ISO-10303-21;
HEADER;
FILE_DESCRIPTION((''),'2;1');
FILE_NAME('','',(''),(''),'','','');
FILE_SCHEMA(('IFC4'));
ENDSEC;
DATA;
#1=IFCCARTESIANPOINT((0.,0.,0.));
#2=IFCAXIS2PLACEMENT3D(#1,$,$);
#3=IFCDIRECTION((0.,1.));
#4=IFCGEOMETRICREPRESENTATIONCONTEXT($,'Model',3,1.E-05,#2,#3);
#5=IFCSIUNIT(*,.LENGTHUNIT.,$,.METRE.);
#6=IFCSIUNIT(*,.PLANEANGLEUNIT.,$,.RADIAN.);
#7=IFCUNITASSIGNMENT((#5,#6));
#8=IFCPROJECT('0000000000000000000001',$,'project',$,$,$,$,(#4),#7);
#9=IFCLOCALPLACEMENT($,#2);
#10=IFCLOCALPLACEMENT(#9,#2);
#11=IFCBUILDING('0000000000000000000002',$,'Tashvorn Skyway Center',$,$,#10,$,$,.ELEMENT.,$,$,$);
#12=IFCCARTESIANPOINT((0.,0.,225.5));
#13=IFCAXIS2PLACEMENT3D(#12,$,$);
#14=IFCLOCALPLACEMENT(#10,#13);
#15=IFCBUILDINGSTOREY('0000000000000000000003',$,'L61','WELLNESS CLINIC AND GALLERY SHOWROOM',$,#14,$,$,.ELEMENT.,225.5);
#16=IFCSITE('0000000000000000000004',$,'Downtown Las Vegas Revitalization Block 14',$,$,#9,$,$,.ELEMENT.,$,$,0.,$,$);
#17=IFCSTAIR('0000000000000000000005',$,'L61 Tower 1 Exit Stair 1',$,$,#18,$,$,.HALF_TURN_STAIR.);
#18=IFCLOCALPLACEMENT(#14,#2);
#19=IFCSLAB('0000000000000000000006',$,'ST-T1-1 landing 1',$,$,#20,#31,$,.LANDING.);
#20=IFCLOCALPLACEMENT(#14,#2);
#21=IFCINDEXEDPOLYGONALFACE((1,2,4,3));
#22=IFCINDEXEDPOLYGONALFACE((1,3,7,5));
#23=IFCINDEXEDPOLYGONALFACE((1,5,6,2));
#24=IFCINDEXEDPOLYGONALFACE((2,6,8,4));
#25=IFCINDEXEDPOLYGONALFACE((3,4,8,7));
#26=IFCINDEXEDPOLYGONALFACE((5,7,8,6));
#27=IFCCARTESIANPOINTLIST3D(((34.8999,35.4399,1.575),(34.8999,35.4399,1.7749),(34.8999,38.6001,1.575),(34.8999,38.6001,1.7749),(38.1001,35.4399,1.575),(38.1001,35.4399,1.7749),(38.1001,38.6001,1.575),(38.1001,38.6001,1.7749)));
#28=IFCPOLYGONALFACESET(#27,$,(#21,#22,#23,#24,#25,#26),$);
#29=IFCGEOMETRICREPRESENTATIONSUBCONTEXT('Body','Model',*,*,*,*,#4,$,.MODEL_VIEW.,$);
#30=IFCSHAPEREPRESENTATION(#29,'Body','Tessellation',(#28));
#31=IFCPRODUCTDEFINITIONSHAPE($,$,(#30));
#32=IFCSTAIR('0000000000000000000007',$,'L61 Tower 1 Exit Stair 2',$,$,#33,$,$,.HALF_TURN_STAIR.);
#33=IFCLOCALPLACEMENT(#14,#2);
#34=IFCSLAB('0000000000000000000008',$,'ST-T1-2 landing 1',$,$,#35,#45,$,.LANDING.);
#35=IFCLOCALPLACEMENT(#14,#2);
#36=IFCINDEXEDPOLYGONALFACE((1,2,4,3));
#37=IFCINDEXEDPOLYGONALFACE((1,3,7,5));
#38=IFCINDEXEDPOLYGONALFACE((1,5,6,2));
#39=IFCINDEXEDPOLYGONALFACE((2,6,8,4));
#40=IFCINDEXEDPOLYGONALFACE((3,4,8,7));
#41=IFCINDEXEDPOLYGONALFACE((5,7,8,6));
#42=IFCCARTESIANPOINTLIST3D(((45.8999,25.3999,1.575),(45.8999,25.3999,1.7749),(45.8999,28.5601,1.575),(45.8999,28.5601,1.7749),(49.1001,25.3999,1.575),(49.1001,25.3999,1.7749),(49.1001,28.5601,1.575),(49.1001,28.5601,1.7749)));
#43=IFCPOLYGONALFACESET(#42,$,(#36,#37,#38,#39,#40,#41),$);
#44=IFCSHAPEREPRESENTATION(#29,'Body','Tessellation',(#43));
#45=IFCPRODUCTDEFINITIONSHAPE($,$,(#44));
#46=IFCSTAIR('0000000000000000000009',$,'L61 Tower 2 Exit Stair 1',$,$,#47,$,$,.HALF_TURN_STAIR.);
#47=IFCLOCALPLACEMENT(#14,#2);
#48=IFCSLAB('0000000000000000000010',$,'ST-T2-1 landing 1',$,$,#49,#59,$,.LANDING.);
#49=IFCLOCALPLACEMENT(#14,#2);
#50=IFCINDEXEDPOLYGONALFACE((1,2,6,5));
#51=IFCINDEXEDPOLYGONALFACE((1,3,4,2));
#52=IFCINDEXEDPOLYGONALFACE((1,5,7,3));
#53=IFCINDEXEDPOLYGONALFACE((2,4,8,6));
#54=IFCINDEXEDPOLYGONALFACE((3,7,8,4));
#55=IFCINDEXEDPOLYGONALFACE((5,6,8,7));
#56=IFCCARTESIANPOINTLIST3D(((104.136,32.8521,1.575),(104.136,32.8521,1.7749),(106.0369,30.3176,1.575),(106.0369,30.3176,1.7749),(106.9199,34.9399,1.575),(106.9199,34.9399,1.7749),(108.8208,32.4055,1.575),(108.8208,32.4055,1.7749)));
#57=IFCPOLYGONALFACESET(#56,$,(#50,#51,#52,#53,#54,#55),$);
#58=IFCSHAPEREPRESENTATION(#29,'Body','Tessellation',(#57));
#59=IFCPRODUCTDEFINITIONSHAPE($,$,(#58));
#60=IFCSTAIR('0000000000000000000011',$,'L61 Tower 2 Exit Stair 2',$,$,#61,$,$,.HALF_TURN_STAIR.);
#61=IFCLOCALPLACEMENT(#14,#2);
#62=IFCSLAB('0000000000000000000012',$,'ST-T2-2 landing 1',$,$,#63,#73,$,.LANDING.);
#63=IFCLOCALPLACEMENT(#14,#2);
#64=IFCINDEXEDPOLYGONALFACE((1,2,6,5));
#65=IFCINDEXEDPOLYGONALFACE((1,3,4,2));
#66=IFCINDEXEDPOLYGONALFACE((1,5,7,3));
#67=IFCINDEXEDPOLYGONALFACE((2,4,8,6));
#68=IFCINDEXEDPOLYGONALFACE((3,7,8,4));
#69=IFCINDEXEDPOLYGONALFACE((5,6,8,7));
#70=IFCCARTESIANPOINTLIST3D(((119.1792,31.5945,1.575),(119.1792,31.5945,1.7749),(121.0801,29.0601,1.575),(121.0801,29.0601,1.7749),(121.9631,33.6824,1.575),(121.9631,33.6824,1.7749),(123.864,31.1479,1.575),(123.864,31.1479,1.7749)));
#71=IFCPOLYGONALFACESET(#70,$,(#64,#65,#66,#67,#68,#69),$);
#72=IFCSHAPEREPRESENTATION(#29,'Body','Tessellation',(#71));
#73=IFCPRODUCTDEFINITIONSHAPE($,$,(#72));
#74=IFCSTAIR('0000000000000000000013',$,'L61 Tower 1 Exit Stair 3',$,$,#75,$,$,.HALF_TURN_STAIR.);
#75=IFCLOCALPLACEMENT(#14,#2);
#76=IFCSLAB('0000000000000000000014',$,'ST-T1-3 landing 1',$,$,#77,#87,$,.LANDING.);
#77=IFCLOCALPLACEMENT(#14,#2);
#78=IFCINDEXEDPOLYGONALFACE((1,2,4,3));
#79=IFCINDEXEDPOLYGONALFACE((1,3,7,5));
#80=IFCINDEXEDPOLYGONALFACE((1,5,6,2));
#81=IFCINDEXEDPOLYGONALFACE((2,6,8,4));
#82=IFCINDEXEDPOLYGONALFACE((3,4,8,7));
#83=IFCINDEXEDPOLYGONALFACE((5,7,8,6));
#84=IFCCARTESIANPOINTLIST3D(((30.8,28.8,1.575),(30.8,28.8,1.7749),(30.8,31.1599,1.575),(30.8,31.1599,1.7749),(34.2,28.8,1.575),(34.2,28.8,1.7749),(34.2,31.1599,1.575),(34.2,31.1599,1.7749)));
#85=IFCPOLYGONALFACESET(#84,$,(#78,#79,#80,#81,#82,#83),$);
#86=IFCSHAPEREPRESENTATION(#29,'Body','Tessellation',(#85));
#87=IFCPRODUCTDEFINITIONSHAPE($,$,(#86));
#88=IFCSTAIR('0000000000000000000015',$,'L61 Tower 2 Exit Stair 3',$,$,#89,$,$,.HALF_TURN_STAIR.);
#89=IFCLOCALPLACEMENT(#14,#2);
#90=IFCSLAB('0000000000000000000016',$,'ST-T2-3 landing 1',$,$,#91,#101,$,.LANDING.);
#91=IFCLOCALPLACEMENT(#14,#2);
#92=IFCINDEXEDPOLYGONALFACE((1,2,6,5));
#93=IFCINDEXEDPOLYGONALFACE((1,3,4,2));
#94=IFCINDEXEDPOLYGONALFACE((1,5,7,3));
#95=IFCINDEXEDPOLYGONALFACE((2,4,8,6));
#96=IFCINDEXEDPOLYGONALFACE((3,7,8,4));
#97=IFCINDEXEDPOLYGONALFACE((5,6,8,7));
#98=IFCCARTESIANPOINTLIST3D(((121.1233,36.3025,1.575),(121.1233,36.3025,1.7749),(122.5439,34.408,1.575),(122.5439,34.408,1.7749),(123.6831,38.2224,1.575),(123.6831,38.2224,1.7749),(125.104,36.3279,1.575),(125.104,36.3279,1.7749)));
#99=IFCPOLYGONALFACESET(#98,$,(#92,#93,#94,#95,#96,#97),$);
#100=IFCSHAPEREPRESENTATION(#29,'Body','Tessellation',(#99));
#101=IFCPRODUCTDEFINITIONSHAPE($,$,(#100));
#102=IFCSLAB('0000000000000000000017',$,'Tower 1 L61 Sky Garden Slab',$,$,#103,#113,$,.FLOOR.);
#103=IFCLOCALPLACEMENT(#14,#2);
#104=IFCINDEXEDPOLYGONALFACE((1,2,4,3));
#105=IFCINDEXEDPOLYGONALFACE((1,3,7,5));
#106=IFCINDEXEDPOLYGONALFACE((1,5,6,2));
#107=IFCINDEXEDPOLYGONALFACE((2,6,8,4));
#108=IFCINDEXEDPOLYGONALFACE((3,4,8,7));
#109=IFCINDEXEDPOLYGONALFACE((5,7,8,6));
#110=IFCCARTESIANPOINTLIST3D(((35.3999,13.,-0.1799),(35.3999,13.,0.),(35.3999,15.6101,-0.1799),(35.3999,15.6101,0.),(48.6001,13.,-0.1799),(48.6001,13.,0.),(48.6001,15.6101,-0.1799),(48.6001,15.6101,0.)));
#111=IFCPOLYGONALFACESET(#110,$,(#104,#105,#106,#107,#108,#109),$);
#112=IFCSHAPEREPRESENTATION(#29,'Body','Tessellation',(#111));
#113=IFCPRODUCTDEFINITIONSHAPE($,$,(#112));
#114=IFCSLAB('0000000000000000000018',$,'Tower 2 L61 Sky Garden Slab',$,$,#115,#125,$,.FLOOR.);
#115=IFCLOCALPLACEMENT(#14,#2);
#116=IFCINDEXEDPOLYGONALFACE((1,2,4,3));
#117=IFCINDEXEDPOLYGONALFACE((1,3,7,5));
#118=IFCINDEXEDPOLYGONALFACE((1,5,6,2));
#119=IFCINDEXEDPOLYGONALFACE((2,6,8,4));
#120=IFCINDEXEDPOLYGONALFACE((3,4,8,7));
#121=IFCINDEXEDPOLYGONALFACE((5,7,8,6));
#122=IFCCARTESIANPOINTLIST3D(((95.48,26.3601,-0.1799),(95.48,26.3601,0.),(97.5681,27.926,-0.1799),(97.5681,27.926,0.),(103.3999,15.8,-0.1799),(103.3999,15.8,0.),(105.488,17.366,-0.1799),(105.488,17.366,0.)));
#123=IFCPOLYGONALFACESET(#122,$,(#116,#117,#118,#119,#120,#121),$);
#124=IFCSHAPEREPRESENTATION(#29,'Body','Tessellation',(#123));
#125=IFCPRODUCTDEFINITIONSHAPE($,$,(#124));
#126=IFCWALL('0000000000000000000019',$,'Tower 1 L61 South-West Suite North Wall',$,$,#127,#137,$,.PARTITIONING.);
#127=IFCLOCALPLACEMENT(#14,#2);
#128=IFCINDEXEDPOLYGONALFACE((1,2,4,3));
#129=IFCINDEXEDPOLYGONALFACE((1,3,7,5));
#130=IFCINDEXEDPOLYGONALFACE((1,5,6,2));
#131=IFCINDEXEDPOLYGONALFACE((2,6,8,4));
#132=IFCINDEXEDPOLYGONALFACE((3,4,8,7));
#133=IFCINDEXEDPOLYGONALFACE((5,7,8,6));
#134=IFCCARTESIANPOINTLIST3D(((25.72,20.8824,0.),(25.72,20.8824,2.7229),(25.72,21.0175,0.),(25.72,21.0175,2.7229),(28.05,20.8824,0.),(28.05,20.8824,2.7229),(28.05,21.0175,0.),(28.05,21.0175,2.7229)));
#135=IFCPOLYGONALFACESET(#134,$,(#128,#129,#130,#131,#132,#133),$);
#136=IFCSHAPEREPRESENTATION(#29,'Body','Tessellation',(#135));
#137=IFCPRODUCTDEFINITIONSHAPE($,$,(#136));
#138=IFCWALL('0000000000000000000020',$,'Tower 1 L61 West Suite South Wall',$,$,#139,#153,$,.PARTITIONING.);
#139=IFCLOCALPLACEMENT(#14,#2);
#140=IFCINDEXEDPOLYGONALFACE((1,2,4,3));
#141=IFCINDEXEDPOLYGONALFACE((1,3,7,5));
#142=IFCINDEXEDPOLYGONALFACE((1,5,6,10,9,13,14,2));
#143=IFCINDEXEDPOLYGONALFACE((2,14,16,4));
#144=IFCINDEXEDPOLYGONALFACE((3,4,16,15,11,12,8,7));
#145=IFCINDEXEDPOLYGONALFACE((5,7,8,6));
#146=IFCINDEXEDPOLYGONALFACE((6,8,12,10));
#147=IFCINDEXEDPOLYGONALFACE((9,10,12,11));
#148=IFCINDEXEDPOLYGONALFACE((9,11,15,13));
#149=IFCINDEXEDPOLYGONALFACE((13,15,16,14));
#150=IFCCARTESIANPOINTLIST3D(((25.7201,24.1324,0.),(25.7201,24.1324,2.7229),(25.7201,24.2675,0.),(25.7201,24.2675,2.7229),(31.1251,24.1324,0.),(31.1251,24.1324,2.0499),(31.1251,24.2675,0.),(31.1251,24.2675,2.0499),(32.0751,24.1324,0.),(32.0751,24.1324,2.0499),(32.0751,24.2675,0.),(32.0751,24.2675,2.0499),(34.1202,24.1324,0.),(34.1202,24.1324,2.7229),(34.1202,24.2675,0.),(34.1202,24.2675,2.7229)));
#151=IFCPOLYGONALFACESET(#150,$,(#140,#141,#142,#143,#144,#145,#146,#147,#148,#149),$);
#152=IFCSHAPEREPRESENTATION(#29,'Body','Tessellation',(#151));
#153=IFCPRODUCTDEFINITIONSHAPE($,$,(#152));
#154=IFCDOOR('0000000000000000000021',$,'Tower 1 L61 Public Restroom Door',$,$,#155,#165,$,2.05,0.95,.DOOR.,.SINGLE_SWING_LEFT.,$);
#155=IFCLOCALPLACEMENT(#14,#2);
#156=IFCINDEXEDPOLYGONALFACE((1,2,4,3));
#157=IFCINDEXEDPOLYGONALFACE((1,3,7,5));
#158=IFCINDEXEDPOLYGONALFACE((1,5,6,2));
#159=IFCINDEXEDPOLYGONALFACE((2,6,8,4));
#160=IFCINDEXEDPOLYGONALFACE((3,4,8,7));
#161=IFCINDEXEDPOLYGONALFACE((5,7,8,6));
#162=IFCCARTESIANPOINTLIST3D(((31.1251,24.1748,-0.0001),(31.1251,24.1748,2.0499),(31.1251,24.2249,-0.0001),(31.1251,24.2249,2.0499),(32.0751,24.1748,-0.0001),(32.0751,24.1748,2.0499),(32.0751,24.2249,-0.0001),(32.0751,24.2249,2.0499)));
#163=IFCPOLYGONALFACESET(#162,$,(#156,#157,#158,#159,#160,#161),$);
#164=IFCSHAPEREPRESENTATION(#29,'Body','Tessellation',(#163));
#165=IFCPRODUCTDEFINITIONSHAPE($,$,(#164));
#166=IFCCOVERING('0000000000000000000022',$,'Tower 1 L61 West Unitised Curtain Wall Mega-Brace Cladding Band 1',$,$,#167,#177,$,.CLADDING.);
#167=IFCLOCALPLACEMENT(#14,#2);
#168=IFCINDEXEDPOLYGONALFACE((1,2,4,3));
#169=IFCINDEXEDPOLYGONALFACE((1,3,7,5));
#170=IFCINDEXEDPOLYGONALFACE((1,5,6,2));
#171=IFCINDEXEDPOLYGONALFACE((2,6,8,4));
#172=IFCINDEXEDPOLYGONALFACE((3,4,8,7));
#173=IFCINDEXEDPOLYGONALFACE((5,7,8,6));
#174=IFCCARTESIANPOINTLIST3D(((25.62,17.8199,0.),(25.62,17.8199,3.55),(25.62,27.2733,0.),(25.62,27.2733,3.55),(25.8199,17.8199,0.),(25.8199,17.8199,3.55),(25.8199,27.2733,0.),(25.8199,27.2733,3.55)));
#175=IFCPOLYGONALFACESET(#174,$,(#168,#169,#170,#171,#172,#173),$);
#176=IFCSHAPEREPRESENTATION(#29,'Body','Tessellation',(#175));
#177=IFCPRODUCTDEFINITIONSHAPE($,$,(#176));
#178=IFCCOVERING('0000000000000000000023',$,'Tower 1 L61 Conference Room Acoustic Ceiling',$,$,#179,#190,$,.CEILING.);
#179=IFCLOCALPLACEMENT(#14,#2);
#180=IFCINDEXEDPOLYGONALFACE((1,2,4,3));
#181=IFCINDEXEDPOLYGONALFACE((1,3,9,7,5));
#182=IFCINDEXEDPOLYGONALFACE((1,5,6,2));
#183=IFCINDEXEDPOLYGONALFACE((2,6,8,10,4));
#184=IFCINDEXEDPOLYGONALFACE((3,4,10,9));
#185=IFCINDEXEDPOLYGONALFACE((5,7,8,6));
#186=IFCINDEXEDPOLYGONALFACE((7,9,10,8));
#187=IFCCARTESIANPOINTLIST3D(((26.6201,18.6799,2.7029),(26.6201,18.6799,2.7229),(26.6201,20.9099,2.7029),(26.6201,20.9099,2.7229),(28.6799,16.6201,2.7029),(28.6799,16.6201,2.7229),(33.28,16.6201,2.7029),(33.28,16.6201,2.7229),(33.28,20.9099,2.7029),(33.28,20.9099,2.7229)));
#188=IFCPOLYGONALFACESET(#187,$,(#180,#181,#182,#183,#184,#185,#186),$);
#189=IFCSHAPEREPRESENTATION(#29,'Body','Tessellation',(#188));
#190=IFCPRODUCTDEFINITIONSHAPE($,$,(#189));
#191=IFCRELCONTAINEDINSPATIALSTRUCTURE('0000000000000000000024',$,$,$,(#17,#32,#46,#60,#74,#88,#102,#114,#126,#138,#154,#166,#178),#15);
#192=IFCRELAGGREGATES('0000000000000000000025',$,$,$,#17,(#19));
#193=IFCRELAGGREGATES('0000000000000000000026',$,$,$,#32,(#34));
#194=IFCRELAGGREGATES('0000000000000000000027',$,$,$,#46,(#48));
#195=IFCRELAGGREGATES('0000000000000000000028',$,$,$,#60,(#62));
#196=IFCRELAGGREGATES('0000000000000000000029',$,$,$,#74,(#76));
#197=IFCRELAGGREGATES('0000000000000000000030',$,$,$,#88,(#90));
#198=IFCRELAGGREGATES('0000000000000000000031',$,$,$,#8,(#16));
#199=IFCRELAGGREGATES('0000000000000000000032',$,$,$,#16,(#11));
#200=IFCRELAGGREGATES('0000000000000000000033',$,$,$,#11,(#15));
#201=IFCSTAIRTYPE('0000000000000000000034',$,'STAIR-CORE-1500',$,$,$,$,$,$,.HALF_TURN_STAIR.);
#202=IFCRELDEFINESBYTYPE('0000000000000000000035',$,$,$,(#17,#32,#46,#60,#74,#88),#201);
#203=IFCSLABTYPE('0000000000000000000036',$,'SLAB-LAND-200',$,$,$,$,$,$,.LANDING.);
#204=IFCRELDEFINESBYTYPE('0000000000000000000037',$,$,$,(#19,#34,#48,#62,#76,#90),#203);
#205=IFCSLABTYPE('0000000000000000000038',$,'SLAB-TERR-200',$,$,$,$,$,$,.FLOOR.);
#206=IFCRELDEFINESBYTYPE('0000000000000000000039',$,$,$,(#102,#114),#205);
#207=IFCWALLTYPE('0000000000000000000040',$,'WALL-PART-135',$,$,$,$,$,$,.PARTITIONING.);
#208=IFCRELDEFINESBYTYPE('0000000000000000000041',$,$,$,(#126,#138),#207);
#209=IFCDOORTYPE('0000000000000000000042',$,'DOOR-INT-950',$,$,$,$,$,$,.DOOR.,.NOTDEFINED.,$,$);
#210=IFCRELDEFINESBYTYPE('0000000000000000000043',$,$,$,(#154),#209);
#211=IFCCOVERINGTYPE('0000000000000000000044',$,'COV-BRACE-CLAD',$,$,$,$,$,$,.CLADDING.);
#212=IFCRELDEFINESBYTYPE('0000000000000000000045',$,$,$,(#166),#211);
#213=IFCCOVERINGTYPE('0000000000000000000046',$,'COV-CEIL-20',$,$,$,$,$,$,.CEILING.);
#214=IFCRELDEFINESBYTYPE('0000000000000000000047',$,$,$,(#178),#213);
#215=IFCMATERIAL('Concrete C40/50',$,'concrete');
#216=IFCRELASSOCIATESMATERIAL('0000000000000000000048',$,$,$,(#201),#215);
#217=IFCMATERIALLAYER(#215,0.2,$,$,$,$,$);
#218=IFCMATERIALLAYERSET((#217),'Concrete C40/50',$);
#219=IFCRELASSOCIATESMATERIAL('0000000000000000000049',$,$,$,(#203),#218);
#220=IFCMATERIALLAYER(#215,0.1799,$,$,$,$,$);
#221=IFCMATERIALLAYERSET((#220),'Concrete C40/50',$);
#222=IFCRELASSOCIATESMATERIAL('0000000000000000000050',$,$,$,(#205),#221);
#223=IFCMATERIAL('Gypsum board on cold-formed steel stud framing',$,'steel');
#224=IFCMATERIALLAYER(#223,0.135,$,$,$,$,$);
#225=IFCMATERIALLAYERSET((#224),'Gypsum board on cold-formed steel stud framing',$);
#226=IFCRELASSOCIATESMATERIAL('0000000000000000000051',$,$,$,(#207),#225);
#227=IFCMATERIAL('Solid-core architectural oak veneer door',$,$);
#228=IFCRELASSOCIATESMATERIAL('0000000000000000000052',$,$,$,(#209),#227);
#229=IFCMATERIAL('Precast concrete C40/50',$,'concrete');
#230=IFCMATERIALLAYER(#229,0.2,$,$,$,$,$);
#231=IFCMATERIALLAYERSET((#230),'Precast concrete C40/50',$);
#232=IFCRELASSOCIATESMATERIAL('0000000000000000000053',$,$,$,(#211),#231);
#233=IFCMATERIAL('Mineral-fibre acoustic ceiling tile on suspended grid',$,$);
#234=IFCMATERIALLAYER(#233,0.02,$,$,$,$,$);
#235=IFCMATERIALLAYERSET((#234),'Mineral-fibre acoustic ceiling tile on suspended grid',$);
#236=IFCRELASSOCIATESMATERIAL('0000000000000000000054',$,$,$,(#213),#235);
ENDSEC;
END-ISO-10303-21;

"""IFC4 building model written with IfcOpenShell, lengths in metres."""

from ifc_helpers import new_model, si_unit, direction, frame, frame_2d, origin, origin_2d, place, context, subcontext, project, spatial, polyline, rectangle, outline, extrude, material, layer, layer_set, type_object, element, fill, aggregate, save


model = new_model("IFC4")

# Units and contexts
model_context = context("Model", 3, precision=1e-05, world=origin(), true_north=direction((0.0, 1.0)))
body_context = subcontext(model_context, "Body", "Model", "MODEL_VIEW")
ifc_project = project(units=[si_unit("LENGTHUNIT", "METRE"), si_unit("PLANEANGLEUNIT", "RADIAN")], contexts=[model_context])

# Site, building, storey
site_placement = place(None, origin())
site = spatial("IfcSite", under=ifc_project, at=site_placement, Name="Downtown Las Vegas Revitalization Block 14", CompositionType="ELEMENT", RefElevation=0.0)
building_placement = place(site_placement, origin())
building = spatial("IfcBuilding", under=site, at=building_placement, Name="Tashvorn Skyway Center", CompositionType="ELEMENT")
storey_placement = place(building_placement, frame((0.0, 0.0, 225.5)))
storey = spatial("IfcBuildingStorey", under=building, at=storey_placement, Name="L61", Description="WELLNESS CLINIC AND GALLERY SHOWROOM", CompositionType="ELEMENT", Elevation=225.5)

# Shared definitions
ifc_material_1 = material(Name="Concrete C40/50", Category="concrete")

# Stairs, slabs
stair_type = type_object("IfcStairType", Name="STAIR-CORE-1500", PredefinedType="HALF_TURN_STAIR", material=ifc_material_1)
stair_1_placement = place(storey_placement, origin())
stair_1 = element("IfcStair", 1, at=stair_1_placement, inside=storey, type_object=stair_type, Name="L61 Tower 1 Exit Stair 1", PredefinedType="HALF_TURN_STAIR")
ifc_layer_1 = layer(ifc_material_1, 0.2)
ifc_layer_set_1 = layer_set([ifc_layer_1], Name="Concrete C40/50")
slab_type_1 = type_object("IfcSlabType", Name="SLAB-LAND-200", PredefinedType="LANDING", material=ifc_layer_set_1)
slab_1_placement = place(storey_placement, frame((0.0, 0.0, 1.575)))
slab_1 = element("IfcSlab", 2, at=slab_1_placement, type_object=slab_type_1, Name="ST-T1-1 landing 1", PredefinedType="LANDING", context=body_context, shape_type="SweptSolid", body=[
    extrude(outline(polyline([(38.1001, 35.4399), (38.1001, 38.6001), (34.8999, 38.6001), (34.8999, 35.4399), (38.1001, 35.4399)])), origin(), (0.0, 0.0, 1.0), 0.2),
])
aggregate(stair_1, [slab_1])
stair_2_placement = place(storey_placement, origin())
stair_2 = element("IfcStair", 3, at=stair_2_placement, inside=storey, type_object=stair_type, Name="L61 Tower 1 Exit Stair 2", PredefinedType="HALF_TURN_STAIR")
slab_2_placement = place(storey_placement, frame((0.0, 0.0, 1.575)))
slab_2 = element("IfcSlab", 4, at=slab_2_placement, type_object=slab_type_1, Name="ST-T1-2 landing 1", PredefinedType="LANDING", context=body_context, shape_type="SweptSolid", body=[
    extrude(outline(polyline([(45.8999, 28.5601), (45.8999, 25.3999), (49.1001, 25.3999), (49.1001, 28.5601), (45.8999, 28.5601)])), origin(), (0.0, 0.0, 1.0), 0.2),
])
aggregate(stair_2, [slab_2])
stair_3_placement = place(storey_placement, origin())
stair_3 = element("IfcStair", 5, at=stair_3_placement, inside=storey, type_object=stair_type, Name="L61 Tower 2 Exit Stair 1", PredefinedType="HALF_TURN_STAIR")
slab_3_placement = place(storey_placement, frame((0.0, 0.0, 1.575)))
slab_3 = element("IfcSlab", 6, at=slab_3_placement, type_object=slab_type_1, Name="ST-T2-1 landing 1", PredefinedType="LANDING", context=body_context, shape_type="SweptSolid", body=[
    extrude(outline(polyline([(108.8208, 32.4055), (106.9199, 34.9399), (104.136, 32.8521), (106.0369, 30.3176), (108.8208, 32.4055)])), origin(), (0.0, 0.0, 1.0), 0.2),
])
aggregate(stair_3, [slab_3])
stair_4_placement = place(storey_placement, origin())
stair_4 = element("IfcStair", 7, at=stair_4_placement, inside=storey, type_object=stair_type, Name="L61 Tower 2 Exit Stair 2", PredefinedType="HALF_TURN_STAIR")
slab_4_placement = place(storey_placement, frame((0.0, 0.0, 1.575)))
slab_4 = element("IfcSlab", 8, at=slab_4_placement, type_object=slab_type_1, Name="ST-T2-2 landing 1", PredefinedType="LANDING", context=body_context, shape_type="SweptSolid", body=[
    extrude(outline(polyline([(119.1792, 31.5945), (121.0801, 29.0601), (123.864, 31.1479), (121.9631, 33.6824), (119.1792, 31.5945)])), origin(), (0.0, 0.0, 1.0), 0.2),
])
aggregate(stair_4, [slab_4])
stair_5_placement = place(storey_placement, origin())
stair_5 = element("IfcStair", 9, at=stair_5_placement, inside=storey, type_object=stair_type, Name="L61 Tower 1 Exit Stair 3", PredefinedType="HALF_TURN_STAIR")
slab_5_placement = place(storey_placement, frame((0.0, 0.0, 1.575)))
slab_5 = element("IfcSlab", 10, at=slab_5_placement, type_object=slab_type_1, Name="ST-T1-3 landing 1", PredefinedType="LANDING", context=body_context, shape_type="SweptSolid", body=[
    extrude(outline(polyline([(30.8, 31.1599), (30.8, 28.8), (34.2, 28.8), (34.2, 31.1599), (30.8, 31.1599)])), origin(), (0.0, 0.0, 1.0), 0.2),
])
aggregate(stair_5, [slab_5])
stair_6_placement = place(storey_placement, origin())
stair_6 = element("IfcStair", 11, at=stair_6_placement, inside=storey, type_object=stair_type, Name="L61 Tower 2 Exit Stair 3", PredefinedType="HALF_TURN_STAIR")
slab_6_placement = place(storey_placement, frame((0.0, 0.0, 1.575)))
slab_6 = element("IfcSlab", 12, at=slab_6_placement, type_object=slab_type_1, Name="ST-T2-3 landing 1", PredefinedType="LANDING", context=body_context, shape_type="SweptSolid", body=[
    extrude(outline(polyline([(121.1233, 36.3025), (122.5439, 34.408), (125.104, 36.3279), (123.6831, 38.2224), (121.1233, 36.3025)])), origin(), (0.0, 0.0, 1.0), 0.2),
])
aggregate(stair_6, [slab_6])

# Slabs
ifc_layer_2 = layer(ifc_material_1, 0.1799)
ifc_layer_set_2 = layer_set([ifc_layer_2], Name="Concrete C40/50")
slab_type_2 = type_object("IfcSlabType", Name="SLAB-TERR-200", PredefinedType="FLOOR", material=ifc_layer_set_2)
slab_7_placement = place(storey_placement, frame((0.0, 0.0, -0.1799)))
element("IfcSlab", 13, at=slab_7_placement, inside=storey, type_object=slab_type_2, Name="Tower 1 L61 Sky Garden Slab", PredefinedType="FLOOR", context=body_context, shape_type="SweptSolid", body=[
    extrude(outline(polyline([(35.3999, 13.0), (48.6001, 13.0), (48.6001, 15.6101), (35.3999, 15.6101), (35.3999, 13.0)])), origin(), (0.0, 0.0, 1.0), 0.1799),
])
slab_8_placement = place(storey_placement, frame((0.0, 0.0, -0.1799)))
element("IfcSlab", 14, at=slab_8_placement, inside=storey, type_object=slab_type_2, Name="Tower 2 L61 Sky Garden Slab", PredefinedType="FLOOR", context=body_context, shape_type="SweptSolid", body=[
    extrude(outline(polyline([(103.3999, 15.8), (105.488, 17.366), (97.5681, 27.926), (95.48, 26.3601), (103.3999, 15.8)])), origin(), (0.0, 0.0, 1.0), 0.1799),
])

# Wall
ifc_material_2 = material(Name="Gypsum board on cold-formed steel stud framing", Category="steel")
ifc_layer_3 = layer(ifc_material_2, 0.135)
ifc_layer_set_3 = layer_set([ifc_layer_3], Name="Gypsum board on cold-formed steel stud framing")
wall_type = type_object("IfcWallType", Name="WALL-PART-135", PredefinedType="PARTITIONING", material=ifc_layer_set_3)
wall_1_placement = place(storey_placement, frame((25.72, 20.95, 0.0), z_axis=(0.0, 0.0, 1.0), x_axis=(1.0, 0.0, 0.0)))
element("IfcWall", 15, at=wall_1_placement, inside=storey, type_object=wall_type, Name="Tower 1 L61 South-West Suite North Wall", PredefinedType="PARTITIONING", context=body_context, shape_type="SweptSolid", body=[
    extrude(rectangle(XDim=2.3301, YDim=0.135, at=frame_2d((1.165, 0.0))), origin(), (0.0, 0.0, 1.0), 2.7229),
])

# Wall, opening, door
wall_2_placement = place(storey_placement, frame((25.72, 24.2, 0.0), z_axis=(0.0, 0.0, 1.0), x_axis=(1.0, 0.0, 0.0)))
wall_2 = element("IfcWall", 16, at=wall_2_placement, inside=storey, type_object=wall_type, Name="Tower 1 L61 West Suite South Wall", PredefinedType="PARTITIONING", context=body_context, shape_type="SweptSolid", body=[
    extrude(rectangle(XDim=8.4001, YDim=0.135, at=frame_2d((4.2002, 0.0))), origin(), (0.0, 0.0, 1.0), 2.7229),
])
opening_placement = place(wall_2_placement, frame((5.405, 0.0, 0.0)))
opening = element("IfcOpeningElement", 17, at=opening_placement, cuts=wall_2, PredefinedType="OPENING", context=body_context, shape_type="SweptSolid", body=[
    extrude(rectangle(XDim=0.95, YDim=2.05, at=frame_2d((0.4751, 1.0249))), frame((0.0, 0.0774, 0.0), z_axis=(0.0, -1.0, 0.0), x_axis=(1.0, 0.0, 0.0)), (0.0, 0.0, 1.0), 0.155),
])
ifc_material_3 = material(Name="Solid-core architectural oak veneer door")
door_type = type_object("IfcDoorType", Name="DOOR-INT-950", OperationType="NOTDEFINED", PredefinedType="DOOR", material=ifc_material_3)
door_placement = place(opening_placement, origin())
door = element("IfcDoor", 18, at=door_placement, inside=storey, type_object=door_type, Name="Tower 1 L61 Public Restroom Door", OperationType="SINGLE_SWING_LEFT", OverallHeight=2.05, OverallWidth=0.95, PredefinedType="DOOR", context=body_context, shape_type="SweptSolid", body=[
    extrude(rectangle(XDim=0.95, YDim=2.05, at=frame_2d((0.4751, 1.0249))), frame((0.0, 0.0249, 0.0), z_axis=(0.0, -1.0, 0.0), x_axis=(1.0, 0.0, 0.0)), (0.0, 0.0, 1.0), 0.05),
])
fill(opening, door)

# Coverings
ifc_material_4 = material(Name="Precast concrete C40/50", Category="concrete")
ifc_layer_4 = layer(ifc_material_4, 0.2)
ifc_layer_set_4 = layer_set([ifc_layer_4], Name="Precast concrete C40/50")
covering_type_1 = type_object("IfcCoveringType", Name="COV-BRACE-CLAD", PredefinedType="CLADDING", material=ifc_layer_set_4)
covering_1_placement = place(storey_placement, frame((25.72, 22.5466, 0.0), z_axis=(0.0, 0.0, 1.0), x_axis=(0.0, 1.0, 0.0)))
element("IfcCovering", 19, at=covering_1_placement, inside=storey, type_object=covering_type_1, Name="Tower 1 L61 West Unitised Curtain Wall Mega-Brace Cladding Band 1", PredefinedType="CLADDING", context=body_context, shape_type="SweptSolid", body=[
    extrude(rectangle(XDim=9.4534, YDim=0.2, at=origin_2d()), origin(), (0.0, 0.0, 1.0), 3.55),
])
ifc_material_5 = material(Name="Mineral-fibre acoustic ceiling tile on suspended grid")
ifc_layer_5 = layer(ifc_material_5, 0.02)
ifc_layer_set_5 = layer_set([ifc_layer_5], Name="Mineral-fibre acoustic ceiling tile on suspended grid")
covering_type_2 = type_object("IfcCoveringType", Name="COV-CEIL-20", PredefinedType="CEILING", material=ifc_layer_set_5)
covering_2_placement = place(storey_placement, frame((0.0, 0.0, 2.7029)))
element("IfcCovering", 20, at=covering_2_placement, inside=storey, type_object=covering_type_2, Name="Tower 1 L61 Conference Room Acoustic Ceiling", PredefinedType="CEILING", context=body_context, shape_type="SweptSolid", body=[
    extrude(outline(polyline([(26.6201, 20.9099), (33.28, 20.9099), (33.28, 16.6201), (28.6799, 16.6201), (26.6201, 18.6799), (26.6201, 20.9099)])), origin(), (0.0, 0.0, 1.0), 0.02),
])

save(model, "model.ifc")
